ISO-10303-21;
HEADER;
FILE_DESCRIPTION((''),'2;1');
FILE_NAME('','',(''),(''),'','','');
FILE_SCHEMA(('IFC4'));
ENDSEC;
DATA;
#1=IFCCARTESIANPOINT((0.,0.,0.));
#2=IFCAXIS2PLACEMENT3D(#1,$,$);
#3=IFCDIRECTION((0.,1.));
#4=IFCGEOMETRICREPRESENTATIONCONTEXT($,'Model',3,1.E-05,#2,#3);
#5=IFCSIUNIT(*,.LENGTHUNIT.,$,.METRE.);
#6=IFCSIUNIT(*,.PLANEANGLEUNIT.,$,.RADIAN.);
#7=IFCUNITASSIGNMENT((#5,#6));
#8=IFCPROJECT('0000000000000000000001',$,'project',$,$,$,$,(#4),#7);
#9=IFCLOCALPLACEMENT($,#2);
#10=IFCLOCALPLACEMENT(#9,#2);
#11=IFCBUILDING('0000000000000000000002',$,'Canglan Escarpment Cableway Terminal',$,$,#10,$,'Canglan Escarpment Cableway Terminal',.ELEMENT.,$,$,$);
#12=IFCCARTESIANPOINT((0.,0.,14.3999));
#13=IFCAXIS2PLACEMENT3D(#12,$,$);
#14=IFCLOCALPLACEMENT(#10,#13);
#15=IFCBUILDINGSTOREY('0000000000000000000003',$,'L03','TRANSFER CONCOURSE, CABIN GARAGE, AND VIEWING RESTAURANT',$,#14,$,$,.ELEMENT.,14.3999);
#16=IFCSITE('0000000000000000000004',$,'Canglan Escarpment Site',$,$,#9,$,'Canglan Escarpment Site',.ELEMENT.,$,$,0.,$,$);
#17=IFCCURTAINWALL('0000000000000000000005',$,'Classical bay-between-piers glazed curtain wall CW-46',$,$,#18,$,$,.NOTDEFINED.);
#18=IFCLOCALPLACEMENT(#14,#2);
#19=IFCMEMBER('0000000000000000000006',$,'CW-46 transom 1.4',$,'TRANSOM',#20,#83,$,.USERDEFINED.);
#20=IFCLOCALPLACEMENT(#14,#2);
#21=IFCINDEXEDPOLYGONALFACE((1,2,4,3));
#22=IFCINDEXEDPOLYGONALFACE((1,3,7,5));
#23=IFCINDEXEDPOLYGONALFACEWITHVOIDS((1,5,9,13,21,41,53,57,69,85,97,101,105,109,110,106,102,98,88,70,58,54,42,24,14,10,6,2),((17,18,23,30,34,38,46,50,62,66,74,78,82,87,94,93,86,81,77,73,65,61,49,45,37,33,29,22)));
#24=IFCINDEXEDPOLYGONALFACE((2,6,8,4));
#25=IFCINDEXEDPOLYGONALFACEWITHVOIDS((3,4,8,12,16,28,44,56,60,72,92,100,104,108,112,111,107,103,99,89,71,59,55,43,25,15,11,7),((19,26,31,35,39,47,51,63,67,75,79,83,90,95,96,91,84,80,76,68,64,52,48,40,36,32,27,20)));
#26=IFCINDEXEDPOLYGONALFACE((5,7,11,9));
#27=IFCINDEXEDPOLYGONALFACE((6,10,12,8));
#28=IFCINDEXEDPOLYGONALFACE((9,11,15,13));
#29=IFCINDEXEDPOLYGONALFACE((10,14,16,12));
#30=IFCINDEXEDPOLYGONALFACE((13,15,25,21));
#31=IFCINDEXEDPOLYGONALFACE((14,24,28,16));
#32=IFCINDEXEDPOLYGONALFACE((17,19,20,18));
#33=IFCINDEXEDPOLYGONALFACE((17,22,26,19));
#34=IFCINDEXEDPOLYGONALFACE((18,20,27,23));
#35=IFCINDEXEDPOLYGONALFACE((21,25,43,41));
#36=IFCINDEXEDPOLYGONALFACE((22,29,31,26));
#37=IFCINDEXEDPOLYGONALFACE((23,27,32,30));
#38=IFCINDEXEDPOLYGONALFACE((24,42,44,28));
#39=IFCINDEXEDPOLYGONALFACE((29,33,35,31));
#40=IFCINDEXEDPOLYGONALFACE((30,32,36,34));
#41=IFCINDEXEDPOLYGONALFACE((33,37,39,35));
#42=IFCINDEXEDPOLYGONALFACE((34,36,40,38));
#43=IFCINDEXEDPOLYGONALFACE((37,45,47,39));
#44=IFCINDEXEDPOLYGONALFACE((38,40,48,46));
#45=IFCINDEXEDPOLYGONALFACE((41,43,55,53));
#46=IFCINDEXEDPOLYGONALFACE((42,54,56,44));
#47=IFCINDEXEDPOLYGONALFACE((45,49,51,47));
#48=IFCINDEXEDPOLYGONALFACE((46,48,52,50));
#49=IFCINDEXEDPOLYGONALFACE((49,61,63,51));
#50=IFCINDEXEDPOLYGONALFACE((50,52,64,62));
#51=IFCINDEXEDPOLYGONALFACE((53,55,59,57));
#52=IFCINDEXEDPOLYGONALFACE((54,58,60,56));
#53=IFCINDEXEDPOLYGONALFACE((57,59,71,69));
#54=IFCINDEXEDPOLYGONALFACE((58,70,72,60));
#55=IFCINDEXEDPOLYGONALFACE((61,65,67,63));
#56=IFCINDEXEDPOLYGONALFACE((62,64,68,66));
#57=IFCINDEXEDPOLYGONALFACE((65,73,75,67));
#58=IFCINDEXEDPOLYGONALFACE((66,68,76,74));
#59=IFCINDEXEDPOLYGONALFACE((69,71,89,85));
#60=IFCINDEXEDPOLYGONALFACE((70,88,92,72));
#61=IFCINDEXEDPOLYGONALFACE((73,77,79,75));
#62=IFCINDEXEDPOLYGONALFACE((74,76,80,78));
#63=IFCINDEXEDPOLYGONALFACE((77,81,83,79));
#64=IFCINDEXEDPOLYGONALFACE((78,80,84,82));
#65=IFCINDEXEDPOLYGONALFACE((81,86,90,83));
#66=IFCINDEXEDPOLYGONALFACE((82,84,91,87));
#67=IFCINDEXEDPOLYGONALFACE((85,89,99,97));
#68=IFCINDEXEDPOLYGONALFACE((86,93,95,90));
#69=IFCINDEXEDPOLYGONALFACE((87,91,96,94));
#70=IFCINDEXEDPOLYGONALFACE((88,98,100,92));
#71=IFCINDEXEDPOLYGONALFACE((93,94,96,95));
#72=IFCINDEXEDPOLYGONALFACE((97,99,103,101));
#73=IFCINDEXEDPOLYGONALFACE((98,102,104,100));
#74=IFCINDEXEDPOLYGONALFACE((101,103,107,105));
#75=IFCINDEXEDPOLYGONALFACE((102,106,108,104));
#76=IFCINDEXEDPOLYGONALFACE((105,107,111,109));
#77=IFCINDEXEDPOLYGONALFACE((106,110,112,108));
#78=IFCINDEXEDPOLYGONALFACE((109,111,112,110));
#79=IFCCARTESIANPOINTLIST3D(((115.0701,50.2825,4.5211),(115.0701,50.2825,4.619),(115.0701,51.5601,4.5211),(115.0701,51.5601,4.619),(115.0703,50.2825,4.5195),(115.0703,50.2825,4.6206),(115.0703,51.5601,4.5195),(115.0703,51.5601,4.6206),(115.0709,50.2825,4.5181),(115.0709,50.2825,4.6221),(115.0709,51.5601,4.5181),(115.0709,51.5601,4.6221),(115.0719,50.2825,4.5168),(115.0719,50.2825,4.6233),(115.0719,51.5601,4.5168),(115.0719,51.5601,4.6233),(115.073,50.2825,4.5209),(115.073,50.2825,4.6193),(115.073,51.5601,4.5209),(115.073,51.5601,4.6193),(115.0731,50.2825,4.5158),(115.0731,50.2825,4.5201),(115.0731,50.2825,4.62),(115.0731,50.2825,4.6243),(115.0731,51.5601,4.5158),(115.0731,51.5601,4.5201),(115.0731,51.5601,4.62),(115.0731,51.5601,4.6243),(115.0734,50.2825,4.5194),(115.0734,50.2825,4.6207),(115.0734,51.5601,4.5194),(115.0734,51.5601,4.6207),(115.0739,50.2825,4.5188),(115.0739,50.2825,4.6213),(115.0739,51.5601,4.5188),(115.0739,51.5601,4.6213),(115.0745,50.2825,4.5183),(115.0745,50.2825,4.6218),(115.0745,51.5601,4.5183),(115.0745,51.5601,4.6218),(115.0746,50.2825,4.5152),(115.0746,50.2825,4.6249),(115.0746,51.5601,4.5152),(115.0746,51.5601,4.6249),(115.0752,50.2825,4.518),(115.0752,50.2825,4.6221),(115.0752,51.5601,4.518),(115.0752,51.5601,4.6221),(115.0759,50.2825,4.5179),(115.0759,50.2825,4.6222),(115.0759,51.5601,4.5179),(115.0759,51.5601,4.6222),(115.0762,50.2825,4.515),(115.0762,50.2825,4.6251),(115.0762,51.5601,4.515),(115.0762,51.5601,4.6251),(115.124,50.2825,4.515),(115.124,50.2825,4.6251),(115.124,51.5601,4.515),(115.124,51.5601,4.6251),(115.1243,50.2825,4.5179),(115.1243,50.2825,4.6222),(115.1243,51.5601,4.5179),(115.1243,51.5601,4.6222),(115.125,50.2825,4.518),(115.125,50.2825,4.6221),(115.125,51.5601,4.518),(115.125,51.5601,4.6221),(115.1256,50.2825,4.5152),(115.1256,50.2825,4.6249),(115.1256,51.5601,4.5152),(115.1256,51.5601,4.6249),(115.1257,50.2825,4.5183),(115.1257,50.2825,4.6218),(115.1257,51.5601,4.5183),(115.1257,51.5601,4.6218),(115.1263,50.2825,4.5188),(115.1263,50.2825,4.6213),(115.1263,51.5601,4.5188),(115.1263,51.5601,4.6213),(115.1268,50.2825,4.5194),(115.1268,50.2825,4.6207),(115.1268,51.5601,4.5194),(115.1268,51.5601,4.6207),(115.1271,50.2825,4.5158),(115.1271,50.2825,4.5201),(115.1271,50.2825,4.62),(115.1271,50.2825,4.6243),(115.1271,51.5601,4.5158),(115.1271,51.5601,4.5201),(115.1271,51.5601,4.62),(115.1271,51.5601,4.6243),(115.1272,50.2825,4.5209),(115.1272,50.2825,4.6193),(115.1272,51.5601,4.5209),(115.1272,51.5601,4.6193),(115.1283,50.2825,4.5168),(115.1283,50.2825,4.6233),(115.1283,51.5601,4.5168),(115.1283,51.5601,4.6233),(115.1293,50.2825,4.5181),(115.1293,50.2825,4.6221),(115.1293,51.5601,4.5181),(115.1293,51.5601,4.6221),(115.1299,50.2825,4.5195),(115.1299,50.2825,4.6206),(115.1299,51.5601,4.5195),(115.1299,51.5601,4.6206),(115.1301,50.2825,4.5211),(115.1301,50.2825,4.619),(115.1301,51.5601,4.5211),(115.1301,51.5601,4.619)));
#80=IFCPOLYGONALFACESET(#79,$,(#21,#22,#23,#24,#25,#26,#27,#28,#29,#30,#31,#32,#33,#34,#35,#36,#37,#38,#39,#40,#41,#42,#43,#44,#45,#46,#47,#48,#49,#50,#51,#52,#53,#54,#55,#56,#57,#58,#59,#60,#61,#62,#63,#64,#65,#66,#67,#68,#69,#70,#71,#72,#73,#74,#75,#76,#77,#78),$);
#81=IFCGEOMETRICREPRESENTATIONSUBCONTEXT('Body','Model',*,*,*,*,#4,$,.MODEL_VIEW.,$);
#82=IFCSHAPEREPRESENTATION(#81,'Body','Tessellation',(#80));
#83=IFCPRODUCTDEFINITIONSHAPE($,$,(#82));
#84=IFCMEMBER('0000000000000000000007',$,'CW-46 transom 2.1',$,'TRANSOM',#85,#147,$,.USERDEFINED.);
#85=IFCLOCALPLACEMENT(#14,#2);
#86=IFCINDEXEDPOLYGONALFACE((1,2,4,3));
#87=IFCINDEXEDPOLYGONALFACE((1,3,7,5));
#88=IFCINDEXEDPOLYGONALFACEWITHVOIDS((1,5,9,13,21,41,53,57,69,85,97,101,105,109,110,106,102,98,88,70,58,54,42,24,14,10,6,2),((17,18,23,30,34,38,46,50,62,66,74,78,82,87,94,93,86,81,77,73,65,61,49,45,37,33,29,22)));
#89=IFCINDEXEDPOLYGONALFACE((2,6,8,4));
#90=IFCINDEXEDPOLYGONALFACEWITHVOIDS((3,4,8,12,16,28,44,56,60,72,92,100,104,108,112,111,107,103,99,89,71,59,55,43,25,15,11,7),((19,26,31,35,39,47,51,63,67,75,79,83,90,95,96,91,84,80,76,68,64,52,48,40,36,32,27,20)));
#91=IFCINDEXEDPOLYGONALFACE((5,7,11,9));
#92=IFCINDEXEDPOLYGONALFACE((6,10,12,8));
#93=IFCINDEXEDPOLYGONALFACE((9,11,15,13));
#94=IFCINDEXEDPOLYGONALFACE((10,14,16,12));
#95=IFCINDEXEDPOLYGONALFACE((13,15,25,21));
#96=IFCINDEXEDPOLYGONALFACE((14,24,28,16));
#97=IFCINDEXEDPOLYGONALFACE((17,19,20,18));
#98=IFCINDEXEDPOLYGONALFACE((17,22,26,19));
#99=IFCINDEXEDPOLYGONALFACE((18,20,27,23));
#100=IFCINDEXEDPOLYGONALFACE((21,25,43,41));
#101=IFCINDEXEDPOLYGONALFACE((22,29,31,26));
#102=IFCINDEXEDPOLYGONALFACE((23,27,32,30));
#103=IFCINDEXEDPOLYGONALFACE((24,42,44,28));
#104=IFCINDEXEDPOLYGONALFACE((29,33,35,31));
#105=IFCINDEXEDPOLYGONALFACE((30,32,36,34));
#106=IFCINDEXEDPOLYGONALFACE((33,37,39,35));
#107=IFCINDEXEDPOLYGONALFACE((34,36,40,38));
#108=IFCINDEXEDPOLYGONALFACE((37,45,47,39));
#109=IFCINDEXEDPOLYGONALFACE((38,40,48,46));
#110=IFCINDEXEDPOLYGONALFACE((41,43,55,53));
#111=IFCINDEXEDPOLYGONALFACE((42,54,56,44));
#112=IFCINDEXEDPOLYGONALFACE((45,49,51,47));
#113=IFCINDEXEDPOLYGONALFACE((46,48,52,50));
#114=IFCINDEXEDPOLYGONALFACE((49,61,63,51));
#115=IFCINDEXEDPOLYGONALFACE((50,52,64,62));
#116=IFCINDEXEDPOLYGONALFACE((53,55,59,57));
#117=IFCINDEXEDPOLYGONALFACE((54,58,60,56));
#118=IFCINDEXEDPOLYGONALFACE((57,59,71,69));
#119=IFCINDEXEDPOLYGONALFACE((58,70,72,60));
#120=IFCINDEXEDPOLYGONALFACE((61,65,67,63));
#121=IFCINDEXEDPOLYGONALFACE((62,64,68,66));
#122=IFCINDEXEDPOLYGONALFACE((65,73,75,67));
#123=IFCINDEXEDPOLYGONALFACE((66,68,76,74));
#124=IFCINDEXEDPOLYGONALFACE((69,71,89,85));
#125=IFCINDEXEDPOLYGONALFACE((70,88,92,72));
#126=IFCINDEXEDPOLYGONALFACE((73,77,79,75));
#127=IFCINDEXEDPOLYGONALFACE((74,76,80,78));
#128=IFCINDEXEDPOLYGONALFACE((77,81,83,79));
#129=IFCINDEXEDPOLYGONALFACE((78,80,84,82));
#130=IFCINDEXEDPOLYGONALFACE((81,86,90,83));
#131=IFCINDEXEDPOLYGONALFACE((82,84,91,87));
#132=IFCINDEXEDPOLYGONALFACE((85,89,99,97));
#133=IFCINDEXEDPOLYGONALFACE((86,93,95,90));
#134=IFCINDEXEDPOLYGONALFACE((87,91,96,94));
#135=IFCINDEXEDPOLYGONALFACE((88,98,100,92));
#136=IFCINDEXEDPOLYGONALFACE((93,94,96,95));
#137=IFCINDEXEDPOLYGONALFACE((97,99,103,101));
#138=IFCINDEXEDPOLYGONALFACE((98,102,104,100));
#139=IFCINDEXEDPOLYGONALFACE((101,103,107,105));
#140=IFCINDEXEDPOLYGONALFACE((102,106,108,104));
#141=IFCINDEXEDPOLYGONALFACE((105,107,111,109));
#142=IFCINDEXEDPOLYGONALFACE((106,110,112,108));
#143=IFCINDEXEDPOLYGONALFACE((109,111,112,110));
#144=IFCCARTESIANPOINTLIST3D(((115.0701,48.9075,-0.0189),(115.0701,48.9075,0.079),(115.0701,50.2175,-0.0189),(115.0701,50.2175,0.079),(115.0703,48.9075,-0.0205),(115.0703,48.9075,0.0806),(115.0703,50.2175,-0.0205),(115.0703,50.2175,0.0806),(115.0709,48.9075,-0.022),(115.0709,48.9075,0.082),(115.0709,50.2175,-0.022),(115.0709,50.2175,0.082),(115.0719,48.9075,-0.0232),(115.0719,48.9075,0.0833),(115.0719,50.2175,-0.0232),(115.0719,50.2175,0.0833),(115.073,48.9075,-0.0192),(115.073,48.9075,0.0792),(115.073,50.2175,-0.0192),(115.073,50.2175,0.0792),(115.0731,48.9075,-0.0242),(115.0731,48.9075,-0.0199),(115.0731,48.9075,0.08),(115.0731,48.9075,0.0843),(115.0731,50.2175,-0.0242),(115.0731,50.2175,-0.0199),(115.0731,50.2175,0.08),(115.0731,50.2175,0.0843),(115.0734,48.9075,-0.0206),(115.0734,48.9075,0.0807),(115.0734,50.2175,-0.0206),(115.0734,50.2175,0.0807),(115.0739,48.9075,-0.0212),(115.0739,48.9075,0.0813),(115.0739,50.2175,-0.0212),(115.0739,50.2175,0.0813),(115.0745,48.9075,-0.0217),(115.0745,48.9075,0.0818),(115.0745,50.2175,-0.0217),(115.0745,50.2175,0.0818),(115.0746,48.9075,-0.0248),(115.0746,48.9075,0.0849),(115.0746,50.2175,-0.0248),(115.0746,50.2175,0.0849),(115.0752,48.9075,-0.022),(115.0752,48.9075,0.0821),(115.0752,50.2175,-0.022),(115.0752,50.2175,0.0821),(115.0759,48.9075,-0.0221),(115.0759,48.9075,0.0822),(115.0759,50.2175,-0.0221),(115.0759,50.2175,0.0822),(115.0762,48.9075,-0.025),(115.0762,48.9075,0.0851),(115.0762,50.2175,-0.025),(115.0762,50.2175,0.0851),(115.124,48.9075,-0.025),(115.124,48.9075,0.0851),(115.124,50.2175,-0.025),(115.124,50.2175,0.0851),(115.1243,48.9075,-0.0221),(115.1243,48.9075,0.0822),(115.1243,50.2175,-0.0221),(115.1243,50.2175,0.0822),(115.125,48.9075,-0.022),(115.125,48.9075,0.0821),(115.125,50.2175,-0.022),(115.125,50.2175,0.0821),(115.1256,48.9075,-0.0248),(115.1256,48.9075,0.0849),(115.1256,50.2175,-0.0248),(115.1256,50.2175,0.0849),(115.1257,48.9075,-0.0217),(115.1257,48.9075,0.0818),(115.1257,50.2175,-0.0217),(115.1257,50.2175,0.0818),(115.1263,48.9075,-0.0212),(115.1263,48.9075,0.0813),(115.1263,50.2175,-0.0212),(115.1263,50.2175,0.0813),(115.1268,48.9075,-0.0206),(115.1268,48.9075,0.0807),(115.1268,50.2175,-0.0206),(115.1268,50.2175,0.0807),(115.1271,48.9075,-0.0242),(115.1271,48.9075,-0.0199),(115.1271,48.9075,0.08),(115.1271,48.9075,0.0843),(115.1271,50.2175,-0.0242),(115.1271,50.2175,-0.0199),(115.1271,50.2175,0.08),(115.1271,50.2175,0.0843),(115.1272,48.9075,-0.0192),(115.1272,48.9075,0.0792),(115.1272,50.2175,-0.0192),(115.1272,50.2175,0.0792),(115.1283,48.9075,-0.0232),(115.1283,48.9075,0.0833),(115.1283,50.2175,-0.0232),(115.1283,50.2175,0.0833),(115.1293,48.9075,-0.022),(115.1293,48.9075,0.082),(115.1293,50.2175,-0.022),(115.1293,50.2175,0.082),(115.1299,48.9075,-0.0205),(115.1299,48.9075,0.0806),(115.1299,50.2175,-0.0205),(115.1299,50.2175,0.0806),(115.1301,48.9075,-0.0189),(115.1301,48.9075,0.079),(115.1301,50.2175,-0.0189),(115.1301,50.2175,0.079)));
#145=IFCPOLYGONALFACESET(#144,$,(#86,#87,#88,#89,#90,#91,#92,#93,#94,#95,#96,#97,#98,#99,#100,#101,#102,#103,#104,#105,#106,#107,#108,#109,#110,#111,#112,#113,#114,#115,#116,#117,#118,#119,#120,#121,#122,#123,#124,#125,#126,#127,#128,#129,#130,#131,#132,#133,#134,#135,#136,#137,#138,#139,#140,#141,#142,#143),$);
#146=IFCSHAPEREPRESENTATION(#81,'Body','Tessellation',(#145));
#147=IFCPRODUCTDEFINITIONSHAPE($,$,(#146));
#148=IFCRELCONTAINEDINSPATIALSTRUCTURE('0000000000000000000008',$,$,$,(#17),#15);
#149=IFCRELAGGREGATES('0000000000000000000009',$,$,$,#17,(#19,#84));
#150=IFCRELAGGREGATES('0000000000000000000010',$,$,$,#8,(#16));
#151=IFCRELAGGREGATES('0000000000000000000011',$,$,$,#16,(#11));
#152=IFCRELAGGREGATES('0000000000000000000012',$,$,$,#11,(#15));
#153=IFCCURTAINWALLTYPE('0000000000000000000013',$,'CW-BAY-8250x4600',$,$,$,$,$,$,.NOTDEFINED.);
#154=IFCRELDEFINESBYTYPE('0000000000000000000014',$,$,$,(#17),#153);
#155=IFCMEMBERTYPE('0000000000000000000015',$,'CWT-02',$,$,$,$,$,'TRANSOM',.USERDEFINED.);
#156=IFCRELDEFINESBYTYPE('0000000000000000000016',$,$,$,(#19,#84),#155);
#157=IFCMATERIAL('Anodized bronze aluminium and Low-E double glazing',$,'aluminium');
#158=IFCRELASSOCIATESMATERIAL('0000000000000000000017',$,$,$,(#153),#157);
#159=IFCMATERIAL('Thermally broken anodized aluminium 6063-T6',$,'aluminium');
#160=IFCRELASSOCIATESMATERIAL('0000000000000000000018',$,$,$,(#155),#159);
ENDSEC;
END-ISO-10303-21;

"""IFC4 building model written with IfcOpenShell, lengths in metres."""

from ifc_helpers import new_model, si_unit, direction, frame, origin, origin_2d, place, context, subcontext, project, spatial, hollow_rectangle, extrude, material, material_profile, profile_set, type_object, element, aggregate, save


model = new_model("IFC4")

# Units and contexts
model_context = context("Model", 3, precision=1e-05, world=origin(), true_north=direction((0.0, 1.0)))
body_context = subcontext(model_context, "Body", "Model", "MODEL_VIEW")
ifc_project = project(units=[si_unit("LENGTHUNIT", "METRE"), si_unit("PLANEANGLEUNIT", "RADIAN")], contexts=[model_context])

# Site, building, storey
site_placement = place(None, origin())
site = spatial("IfcSite", under=ifc_project, at=site_placement, Name="Canglan Escarpment Site", LongName="Canglan Escarpment Site", CompositionType="ELEMENT", RefElevation=0.0)
building_placement = place(site_placement, origin())
building = spatial("IfcBuilding", under=site, at=building_placement, Name="Canglan Escarpment Cableway Terminal", LongName="Canglan Escarpment Cableway Terminal", CompositionType="ELEMENT")
storey_placement = place(building_placement, frame((0.0, 0.0, 14.3999)))
storey = spatial("IfcBuildingStorey", under=building, at=storey_placement, Name="L03", Description="TRANSFER CONCOURSE, CABIN GARAGE, AND VIEWING RESTAURANT", CompositionType="ELEMENT", Elevation=14.3999)

# Curtain wall, members
ifc_material_1 = material(Name="Anodized bronze aluminium and Low-E double glazing", Category="aluminium")
curtain_wall_type = type_object("IfcCurtainWallType", Name="CW-BAY-8250x4600", PredefinedType="NOTDEFINED", material=ifc_material_1)
curtain_wall_placement = place(storey_placement, origin())
curtain_wall = element("IfcCurtainWall", 1, at=curtain_wall_placement, inside=storey, type_object=curtain_wall_type, Name="Classical bay-between-piers glazed curtain wall CW-46", PredefinedType="NOTDEFINED")
ifc_material_2 = material(Name="Thermally broken anodized aluminium 6063-T6", Category="aluminium")
ifc_material_profile_1 = material_profile(ifc_material_2, hollow_rectangle(XDim=0.0601, YDim=0.1101, WallThickness=0.0029, InnerFilletRadius=0.0029, OuterFilletRadius=0.0061, at=origin_2d()), Name="ALU-TRAN 60x110x3")
ifc_profile_set_1 = profile_set([ifc_material_profile_1], Name="Thermally broken anodized aluminium 6063-T6")
member_type_1 = type_object("IfcMemberType", Name="CWT-02", ElementType="TRANSOM", PredefinedType="USERDEFINED", material=ifc_profile_set_1)
member_1_placement = place(storey_placement, frame((115.1001, 51.5601, 4.5701), z_axis=(0.0, -1.0, 0.0), x_axis=(1.0, 0.0, 0.0)))
member_1 = element("IfcMember", 2, at=member_1_placement, type_object=member_type_1, Name="CW-46 transom 1.4", ObjectType="TRANSOM", PredefinedType="USERDEFINED", context=body_context, shape_type="SweptSolid", body=[
    extrude(hollow_rectangle(XDim=0.0601, YDim=0.1101, WallThickness=0.0029, InnerFilletRadius=0.0029, OuterFilletRadius=0.0061, at=origin_2d()), origin(), (0.0, 0.0, 1.0), 1.2776),
])
member_2_placement = place(storey_placement, frame((115.1001, 50.2175, 0.03), z_axis=(0.0, -1.0, 0.0), x_axis=(1.0, 0.0, 0.0)))
member_2 = element("IfcMember", 3, at=member_2_placement, type_object=member_type_1, Name="CW-46 transom 2.1", ObjectType="TRANSOM", PredefinedType="USERDEFINED", context=body_context, shape_type="SweptSolid", body=[
    extrude(hollow_rectangle(XDim=0.0601, YDim=0.1101, WallThickness=0.0029, InnerFilletRadius=0.0029, OuterFilletRadius=0.0061, at=origin_2d()), origin(), (0.0, 0.0, 1.0), 1.3101),
])

aggregate(curtain_wall, [member_1, member_2])

save(model, "model.ifc")
